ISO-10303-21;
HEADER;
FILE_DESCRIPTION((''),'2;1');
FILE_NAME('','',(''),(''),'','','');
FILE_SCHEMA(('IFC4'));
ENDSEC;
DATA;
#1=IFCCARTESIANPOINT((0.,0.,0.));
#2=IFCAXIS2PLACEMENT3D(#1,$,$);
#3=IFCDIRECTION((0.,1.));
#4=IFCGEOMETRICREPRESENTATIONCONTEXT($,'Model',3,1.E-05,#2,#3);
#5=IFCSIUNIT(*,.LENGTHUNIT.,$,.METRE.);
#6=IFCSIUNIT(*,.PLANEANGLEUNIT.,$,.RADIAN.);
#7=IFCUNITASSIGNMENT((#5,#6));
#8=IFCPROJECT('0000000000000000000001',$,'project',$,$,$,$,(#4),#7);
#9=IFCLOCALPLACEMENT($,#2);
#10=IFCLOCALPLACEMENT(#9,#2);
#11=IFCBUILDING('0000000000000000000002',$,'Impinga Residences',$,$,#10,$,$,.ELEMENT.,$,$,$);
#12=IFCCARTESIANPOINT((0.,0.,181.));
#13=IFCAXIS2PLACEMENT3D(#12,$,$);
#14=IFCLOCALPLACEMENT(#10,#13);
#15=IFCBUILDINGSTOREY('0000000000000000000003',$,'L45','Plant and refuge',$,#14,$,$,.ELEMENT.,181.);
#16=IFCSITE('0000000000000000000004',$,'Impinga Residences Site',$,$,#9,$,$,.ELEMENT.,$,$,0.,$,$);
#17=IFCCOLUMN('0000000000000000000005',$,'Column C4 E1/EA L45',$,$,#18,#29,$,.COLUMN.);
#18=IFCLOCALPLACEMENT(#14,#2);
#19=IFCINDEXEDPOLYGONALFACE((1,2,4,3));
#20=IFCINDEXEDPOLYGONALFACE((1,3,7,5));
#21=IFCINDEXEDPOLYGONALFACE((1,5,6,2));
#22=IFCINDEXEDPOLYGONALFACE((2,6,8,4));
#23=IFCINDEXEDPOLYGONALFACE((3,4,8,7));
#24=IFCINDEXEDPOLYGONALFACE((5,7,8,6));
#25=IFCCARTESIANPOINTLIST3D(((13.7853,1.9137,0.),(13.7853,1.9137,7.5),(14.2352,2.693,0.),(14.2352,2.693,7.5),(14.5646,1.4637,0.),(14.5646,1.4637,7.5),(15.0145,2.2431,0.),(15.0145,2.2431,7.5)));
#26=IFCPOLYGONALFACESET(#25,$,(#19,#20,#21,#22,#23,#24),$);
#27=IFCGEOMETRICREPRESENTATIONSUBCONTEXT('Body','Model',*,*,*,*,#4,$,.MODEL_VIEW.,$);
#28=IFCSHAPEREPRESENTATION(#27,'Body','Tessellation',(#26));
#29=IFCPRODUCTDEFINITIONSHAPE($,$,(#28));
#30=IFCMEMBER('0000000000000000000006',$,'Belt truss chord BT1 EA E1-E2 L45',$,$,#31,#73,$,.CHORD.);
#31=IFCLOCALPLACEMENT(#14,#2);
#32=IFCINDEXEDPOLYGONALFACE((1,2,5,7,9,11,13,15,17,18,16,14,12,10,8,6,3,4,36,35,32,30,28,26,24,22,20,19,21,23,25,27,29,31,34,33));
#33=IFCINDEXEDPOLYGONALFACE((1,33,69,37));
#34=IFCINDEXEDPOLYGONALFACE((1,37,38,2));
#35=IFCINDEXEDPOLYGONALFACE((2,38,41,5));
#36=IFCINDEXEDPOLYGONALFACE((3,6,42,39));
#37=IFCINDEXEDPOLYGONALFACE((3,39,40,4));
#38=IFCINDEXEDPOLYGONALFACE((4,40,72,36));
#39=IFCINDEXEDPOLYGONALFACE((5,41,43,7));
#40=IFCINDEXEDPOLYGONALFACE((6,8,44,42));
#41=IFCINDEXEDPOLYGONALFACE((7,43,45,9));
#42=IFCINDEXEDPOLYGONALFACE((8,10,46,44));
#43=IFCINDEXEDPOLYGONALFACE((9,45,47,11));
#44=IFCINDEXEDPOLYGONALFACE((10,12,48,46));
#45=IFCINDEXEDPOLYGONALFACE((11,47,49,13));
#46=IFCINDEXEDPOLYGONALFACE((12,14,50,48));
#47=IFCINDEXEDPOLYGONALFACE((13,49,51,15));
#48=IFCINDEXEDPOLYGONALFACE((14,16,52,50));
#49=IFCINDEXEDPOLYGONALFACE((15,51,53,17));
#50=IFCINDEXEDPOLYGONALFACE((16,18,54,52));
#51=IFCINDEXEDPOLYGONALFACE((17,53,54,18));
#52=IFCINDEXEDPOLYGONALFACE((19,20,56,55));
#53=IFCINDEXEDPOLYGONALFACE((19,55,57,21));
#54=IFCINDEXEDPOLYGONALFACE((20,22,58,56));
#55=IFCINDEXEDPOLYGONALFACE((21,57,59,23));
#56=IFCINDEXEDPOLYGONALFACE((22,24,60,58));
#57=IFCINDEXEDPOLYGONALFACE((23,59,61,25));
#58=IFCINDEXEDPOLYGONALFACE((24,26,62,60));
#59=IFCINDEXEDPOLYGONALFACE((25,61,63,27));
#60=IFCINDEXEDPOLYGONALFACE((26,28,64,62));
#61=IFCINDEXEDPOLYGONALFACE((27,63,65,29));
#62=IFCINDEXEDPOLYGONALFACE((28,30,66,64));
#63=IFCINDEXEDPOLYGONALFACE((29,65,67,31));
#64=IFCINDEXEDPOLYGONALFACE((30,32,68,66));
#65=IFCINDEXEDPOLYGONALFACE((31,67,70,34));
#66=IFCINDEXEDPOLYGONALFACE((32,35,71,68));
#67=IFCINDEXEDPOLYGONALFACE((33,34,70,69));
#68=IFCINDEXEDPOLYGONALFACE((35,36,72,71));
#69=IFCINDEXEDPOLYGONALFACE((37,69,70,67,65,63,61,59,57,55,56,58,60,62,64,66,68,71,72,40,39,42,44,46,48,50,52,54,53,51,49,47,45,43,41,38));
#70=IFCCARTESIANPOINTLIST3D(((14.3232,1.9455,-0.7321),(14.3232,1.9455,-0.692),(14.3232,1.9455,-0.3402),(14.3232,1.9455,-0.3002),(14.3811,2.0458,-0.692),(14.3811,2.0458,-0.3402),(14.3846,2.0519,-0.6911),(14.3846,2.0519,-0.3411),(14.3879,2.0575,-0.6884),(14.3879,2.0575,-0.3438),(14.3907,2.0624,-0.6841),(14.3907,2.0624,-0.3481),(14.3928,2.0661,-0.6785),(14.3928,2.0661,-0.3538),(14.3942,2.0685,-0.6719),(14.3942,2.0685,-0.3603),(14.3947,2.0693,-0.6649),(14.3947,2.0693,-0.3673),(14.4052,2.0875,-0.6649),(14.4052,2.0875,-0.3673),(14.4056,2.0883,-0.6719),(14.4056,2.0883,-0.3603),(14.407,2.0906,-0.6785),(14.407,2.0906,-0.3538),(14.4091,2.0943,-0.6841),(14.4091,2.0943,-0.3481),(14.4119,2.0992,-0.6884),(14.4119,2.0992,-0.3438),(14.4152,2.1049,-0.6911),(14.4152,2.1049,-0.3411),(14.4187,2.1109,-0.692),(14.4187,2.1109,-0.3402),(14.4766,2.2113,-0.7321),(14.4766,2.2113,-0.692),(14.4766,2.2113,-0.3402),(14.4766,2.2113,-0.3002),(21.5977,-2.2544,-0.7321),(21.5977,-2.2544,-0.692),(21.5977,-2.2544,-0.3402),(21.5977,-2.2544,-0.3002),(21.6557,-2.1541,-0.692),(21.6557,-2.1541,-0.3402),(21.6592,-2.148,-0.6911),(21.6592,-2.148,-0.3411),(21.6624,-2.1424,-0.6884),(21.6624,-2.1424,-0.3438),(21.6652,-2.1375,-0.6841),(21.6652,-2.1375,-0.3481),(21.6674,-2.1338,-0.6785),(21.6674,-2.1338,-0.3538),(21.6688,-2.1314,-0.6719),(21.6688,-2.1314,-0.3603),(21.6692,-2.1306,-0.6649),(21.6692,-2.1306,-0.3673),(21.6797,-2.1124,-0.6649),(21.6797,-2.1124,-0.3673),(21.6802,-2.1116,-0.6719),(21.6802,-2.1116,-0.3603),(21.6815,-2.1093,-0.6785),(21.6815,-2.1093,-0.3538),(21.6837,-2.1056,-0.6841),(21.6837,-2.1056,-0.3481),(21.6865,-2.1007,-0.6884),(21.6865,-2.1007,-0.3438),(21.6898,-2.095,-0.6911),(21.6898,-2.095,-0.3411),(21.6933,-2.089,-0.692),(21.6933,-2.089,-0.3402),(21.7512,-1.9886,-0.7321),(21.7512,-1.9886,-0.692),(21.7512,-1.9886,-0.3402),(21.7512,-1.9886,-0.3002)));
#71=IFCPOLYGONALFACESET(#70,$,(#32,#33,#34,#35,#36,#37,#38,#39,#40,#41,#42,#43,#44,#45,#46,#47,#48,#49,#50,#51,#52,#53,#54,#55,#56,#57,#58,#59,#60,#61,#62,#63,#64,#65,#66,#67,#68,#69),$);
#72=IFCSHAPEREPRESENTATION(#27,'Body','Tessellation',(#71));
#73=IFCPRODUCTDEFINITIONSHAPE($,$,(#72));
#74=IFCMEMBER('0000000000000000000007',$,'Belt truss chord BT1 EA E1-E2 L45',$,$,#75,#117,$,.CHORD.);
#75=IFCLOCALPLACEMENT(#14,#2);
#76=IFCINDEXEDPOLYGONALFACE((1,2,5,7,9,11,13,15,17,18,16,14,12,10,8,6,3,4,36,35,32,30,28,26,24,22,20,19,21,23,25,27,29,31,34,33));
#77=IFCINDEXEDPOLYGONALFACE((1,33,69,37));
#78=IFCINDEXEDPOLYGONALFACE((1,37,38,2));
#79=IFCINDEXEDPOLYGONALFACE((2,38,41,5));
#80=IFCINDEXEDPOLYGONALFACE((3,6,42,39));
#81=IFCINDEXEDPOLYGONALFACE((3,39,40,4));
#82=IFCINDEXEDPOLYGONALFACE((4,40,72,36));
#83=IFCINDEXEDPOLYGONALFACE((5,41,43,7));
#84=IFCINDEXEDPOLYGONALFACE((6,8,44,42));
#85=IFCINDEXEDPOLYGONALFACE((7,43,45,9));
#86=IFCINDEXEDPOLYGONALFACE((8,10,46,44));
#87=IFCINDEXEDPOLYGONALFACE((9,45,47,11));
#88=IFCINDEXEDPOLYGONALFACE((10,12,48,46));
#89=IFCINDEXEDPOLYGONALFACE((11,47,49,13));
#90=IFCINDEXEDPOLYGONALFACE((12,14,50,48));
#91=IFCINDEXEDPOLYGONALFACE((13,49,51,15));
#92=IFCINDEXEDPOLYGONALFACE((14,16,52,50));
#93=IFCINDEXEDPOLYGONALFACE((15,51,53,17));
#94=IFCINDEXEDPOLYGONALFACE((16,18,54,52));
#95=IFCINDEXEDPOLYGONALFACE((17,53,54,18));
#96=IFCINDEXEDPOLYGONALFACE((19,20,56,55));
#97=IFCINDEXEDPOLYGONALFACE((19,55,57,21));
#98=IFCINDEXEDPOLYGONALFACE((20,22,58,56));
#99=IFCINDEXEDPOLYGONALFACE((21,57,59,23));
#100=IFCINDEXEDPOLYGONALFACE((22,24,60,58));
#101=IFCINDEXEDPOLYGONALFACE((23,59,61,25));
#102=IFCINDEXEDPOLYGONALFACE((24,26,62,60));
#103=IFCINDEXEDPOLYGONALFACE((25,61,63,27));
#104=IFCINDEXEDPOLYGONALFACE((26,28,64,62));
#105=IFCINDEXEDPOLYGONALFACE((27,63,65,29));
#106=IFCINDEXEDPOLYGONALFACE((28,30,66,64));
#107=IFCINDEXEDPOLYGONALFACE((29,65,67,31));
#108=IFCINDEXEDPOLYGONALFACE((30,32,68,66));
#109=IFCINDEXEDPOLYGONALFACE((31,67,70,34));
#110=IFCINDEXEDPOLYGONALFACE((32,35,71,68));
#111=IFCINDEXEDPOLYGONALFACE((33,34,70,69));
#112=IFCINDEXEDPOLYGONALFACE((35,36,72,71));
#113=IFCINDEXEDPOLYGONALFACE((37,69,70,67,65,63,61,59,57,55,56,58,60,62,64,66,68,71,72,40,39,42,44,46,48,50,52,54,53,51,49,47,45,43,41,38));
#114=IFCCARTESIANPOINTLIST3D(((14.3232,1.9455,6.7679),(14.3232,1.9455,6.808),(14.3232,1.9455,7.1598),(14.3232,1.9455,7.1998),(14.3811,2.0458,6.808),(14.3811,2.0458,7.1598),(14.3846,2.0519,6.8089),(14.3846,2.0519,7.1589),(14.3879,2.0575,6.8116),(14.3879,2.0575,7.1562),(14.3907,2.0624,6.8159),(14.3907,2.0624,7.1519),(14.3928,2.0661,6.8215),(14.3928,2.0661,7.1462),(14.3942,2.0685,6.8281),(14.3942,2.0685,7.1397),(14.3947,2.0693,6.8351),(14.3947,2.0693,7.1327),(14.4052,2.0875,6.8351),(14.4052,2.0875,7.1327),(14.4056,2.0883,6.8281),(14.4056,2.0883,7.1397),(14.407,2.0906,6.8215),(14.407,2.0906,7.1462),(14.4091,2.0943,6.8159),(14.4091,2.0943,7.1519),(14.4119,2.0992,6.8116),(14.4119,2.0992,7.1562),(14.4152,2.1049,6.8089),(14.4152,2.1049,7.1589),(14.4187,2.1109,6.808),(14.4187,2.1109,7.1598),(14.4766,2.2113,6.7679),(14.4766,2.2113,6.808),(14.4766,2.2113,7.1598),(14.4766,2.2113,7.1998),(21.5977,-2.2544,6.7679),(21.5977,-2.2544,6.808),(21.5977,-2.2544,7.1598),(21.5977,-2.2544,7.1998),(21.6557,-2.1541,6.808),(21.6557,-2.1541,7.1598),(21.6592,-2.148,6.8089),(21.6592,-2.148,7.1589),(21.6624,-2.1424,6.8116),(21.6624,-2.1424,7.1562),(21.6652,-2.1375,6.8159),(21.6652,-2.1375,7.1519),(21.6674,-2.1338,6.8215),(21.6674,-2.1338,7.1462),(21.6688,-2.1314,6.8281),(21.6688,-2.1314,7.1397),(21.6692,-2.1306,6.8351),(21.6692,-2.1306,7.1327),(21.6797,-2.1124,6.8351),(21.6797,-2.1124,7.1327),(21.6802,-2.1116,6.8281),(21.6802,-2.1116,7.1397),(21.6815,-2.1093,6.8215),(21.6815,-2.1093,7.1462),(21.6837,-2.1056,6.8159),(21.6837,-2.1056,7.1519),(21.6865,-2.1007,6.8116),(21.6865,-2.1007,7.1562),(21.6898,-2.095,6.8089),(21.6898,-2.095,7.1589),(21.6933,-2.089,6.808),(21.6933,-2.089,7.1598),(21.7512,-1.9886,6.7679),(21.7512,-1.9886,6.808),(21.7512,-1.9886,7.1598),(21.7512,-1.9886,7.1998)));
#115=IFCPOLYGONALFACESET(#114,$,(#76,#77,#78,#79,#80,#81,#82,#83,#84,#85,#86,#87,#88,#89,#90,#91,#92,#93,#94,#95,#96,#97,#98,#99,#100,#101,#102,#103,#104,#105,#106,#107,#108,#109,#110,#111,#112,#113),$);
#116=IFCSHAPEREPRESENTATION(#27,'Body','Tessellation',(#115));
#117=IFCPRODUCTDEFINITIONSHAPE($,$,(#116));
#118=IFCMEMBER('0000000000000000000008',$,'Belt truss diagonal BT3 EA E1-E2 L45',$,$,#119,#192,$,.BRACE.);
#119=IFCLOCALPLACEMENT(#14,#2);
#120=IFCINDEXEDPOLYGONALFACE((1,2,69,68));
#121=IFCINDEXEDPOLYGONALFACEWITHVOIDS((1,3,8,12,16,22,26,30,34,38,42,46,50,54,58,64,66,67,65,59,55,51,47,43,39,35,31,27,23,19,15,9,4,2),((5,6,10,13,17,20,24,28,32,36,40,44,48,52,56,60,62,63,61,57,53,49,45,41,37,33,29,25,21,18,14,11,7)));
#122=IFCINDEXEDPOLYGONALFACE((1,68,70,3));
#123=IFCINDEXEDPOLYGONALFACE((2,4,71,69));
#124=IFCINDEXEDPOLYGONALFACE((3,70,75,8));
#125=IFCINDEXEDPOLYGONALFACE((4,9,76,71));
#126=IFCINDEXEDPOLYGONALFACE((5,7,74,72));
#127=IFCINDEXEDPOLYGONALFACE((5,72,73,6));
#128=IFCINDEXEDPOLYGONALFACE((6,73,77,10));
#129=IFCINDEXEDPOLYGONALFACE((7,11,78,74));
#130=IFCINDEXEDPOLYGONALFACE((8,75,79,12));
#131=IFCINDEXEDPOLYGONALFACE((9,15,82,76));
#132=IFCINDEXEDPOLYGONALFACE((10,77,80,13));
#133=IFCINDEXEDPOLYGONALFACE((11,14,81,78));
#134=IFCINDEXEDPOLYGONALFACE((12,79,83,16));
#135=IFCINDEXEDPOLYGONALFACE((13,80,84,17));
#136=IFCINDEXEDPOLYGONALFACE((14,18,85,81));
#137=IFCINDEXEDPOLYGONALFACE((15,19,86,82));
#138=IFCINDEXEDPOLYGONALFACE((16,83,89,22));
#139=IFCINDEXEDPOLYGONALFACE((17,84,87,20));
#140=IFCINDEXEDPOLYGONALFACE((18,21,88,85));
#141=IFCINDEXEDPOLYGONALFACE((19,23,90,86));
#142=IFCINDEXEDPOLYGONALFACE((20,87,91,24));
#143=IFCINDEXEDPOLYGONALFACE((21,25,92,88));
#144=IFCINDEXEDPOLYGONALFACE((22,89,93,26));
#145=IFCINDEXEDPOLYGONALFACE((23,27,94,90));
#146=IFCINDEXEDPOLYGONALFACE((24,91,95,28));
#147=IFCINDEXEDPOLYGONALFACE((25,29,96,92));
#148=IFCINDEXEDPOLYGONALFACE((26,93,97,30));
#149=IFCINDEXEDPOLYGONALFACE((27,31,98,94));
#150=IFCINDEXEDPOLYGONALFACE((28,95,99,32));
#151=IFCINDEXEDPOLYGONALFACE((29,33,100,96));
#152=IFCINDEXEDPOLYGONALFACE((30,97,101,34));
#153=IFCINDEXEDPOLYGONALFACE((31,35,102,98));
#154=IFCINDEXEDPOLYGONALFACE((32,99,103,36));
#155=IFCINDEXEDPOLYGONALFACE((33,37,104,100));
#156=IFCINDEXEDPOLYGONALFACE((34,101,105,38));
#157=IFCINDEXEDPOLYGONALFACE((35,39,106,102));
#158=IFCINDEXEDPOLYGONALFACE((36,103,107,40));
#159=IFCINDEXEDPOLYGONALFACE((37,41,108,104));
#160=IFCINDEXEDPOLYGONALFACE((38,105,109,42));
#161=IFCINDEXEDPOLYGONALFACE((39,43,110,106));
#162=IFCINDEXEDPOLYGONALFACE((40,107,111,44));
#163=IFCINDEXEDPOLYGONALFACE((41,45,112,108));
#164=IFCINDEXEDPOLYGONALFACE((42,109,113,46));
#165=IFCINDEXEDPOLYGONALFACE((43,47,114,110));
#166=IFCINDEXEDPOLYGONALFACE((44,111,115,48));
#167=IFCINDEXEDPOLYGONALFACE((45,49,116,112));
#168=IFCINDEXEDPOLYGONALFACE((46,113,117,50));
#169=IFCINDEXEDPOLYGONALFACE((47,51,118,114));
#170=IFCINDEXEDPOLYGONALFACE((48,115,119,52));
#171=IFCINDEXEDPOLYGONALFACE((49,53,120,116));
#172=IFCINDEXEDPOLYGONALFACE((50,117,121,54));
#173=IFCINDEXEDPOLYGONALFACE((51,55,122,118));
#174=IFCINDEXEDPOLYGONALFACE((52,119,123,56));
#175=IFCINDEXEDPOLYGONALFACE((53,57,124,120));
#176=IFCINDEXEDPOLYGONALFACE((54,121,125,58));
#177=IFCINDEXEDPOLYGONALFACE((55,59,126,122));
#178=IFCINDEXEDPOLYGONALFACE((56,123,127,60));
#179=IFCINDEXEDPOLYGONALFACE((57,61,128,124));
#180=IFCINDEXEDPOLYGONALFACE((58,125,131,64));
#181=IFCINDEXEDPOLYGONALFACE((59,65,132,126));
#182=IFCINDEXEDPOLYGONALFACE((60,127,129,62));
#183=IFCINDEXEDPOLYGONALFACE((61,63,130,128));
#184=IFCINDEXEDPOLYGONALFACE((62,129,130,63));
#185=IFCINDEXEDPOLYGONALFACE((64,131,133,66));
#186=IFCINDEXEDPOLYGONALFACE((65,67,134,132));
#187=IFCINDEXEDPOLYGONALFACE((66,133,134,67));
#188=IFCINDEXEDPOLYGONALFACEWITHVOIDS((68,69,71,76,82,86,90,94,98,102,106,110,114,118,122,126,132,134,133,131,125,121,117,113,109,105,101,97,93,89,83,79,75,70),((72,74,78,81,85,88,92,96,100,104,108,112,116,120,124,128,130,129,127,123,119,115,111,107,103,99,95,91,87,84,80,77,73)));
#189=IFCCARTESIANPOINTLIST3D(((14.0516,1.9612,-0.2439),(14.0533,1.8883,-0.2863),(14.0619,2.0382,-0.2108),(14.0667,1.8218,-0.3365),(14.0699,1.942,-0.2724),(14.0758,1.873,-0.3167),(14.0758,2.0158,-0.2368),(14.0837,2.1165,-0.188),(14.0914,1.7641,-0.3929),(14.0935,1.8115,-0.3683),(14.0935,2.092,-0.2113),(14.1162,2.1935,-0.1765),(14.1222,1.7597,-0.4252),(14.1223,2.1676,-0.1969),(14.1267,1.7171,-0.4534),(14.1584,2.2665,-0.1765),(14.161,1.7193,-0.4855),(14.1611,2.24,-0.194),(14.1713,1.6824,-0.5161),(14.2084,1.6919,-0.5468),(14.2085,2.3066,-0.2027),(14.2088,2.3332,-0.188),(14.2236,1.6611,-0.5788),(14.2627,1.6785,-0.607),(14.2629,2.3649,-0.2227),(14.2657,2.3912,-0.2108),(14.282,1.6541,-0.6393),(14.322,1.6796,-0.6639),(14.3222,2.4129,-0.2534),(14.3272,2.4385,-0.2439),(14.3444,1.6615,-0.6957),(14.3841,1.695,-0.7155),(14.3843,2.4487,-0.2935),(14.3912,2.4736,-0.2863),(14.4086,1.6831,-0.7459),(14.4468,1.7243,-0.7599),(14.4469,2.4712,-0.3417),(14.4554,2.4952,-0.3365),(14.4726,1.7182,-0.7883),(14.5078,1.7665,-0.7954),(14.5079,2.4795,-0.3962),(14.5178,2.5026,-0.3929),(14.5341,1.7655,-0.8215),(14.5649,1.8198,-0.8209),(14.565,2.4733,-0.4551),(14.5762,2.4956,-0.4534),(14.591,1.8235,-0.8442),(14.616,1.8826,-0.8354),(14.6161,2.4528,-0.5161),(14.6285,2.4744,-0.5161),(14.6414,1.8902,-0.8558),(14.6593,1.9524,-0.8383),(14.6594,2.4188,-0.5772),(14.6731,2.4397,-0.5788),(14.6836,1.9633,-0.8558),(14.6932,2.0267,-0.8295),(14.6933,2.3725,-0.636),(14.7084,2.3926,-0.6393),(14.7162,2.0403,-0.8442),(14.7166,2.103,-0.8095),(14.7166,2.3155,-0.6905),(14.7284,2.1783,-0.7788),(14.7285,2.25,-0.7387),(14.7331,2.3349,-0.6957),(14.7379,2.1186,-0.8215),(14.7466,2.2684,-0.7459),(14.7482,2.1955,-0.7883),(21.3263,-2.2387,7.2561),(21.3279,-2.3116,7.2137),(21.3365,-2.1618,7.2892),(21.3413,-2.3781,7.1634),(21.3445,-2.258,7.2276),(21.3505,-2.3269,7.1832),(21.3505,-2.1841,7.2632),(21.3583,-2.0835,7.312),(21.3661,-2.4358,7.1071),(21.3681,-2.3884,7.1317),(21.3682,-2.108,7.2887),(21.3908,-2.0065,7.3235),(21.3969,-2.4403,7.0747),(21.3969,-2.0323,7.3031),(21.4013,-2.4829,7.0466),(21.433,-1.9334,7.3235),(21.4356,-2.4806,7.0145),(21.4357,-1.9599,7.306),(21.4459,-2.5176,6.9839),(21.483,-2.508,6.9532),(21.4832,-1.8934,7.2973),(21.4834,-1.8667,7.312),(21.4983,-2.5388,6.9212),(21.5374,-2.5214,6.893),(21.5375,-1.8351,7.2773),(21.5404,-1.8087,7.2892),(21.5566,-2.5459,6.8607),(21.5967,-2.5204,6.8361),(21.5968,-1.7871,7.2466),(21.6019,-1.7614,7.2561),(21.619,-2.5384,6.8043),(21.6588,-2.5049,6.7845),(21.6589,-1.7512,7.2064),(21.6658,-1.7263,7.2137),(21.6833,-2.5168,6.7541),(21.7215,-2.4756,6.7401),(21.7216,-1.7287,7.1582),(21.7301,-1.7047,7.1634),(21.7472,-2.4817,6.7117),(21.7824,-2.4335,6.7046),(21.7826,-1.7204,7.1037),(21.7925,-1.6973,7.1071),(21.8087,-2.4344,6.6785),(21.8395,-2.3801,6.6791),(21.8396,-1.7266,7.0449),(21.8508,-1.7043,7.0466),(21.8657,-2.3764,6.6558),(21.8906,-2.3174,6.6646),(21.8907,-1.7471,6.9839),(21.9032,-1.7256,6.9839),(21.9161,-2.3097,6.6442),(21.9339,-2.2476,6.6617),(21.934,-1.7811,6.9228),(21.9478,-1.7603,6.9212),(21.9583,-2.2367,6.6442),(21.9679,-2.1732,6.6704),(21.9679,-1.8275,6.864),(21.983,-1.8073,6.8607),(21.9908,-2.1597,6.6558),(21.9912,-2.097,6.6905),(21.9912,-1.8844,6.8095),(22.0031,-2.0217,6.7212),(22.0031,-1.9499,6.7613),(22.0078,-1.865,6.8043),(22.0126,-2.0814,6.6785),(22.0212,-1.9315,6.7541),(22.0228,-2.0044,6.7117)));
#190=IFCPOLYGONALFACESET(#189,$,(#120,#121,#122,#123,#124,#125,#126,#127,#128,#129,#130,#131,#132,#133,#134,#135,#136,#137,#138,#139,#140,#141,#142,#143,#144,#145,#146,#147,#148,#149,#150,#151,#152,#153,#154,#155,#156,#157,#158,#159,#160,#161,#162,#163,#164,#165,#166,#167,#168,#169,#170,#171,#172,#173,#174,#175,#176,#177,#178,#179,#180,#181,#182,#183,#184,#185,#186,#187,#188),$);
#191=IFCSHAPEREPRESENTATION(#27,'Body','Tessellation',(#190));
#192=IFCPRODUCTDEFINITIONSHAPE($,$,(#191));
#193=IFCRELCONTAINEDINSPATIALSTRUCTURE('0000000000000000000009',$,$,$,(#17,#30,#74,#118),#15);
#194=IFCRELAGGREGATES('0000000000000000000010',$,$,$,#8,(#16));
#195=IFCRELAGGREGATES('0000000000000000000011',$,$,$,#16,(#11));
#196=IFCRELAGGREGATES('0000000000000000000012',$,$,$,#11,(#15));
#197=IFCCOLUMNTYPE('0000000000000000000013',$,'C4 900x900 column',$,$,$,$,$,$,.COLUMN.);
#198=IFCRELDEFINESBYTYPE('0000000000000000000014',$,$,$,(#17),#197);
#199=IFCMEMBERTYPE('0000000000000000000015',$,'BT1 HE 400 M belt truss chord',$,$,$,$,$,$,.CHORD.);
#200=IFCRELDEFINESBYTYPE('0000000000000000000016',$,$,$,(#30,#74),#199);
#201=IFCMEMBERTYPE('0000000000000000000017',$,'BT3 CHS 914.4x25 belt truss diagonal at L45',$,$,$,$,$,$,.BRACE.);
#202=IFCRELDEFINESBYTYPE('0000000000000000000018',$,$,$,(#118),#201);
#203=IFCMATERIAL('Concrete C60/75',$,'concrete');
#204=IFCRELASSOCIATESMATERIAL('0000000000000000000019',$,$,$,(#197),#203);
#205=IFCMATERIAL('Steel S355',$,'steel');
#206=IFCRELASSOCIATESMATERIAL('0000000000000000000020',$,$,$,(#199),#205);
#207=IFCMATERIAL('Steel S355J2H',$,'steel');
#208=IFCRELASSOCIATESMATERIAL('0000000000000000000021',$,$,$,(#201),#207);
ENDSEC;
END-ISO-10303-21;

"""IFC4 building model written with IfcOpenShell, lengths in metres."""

from ifc_helpers import new_model, si_unit, direction, frame, origin, origin_2d, place, context, subcontext, project, spatial, rectangle, hollow_circle, i_section, extrude, material, material_profile, profile_set, type_object, element, save


model = new_model("IFC4")

# Units and contexts
model_context = context("Model", 3, precision=1e-05, world=origin(), true_north=direction((0.0, 1.0)))
body_context = subcontext(model_context, "Body", "Model", "MODEL_VIEW")
ifc_project = project(units=[si_unit("LENGTHUNIT", "METRE"), si_unit("PLANEANGLEUNIT", "RADIAN")], contexts=[model_context])

# Site, building, storey
site_placement = place(None, origin())
site = spatial("IfcSite", under=ifc_project, at=site_placement, Name="Impinga Residences Site", CompositionType="ELEMENT", RefElevation=0.0)
building_placement = place(site_placement, origin())
building = spatial("IfcBuilding", under=site, at=building_placement, Name="Impinga Residences", CompositionType="ELEMENT")
storey_placement = place(building_placement, frame((0.0, 0.0, 181.0)))
storey = spatial("IfcBuildingStorey", under=building, at=storey_placement, Name="L45", Description="Plant and refuge", CompositionType="ELEMENT", Elevation=181.0)

# Column
ifc_material_1 = material(Name="Concrete C60/75", Category="concrete")
ifc_material_profile_1 = material_profile(ifc_material_1, rectangle(XDim=0.8999, YDim=0.8999, at=origin_2d()), Name="RC 900x900")
ifc_profile_set_1 = profile_set([ifc_material_profile_1], Name="Concrete C60/75")
column_type = type_object("IfcColumnType", Name="C4 900x900 column", PredefinedType="COLUMN", material=ifc_profile_set_1)
column_placement = place(storey_placement, frame((14.3999, 2.0784, 0.0), z_axis=(0.0, 0.0, 1.0), x_axis=(-0.5, -0.866025, 0.0)))
element("IfcColumn", 1, at=column_placement, inside=storey, type_object=column_type, Name="Column C4 E1/EA L45", PredefinedType="COLUMN", context=body_context, shape_type="SweptSolid", body=[
    extrude(rectangle(XDim=0.8999, YDim=0.8999, at=origin_2d()), origin(), (0.0, 0.0, 1.0), 7.5),
])

# Members
ifc_material_2 = material(Name="Steel S355", Category="steel")
ifc_material_profile_2 = material_profile(ifc_material_2, i_section(OverallWidth=0.3069, OverallDepth=0.4319, WebThickness=0.021, FlangeThickness=0.04, FilletRadius=0.0271, at=origin_2d()), Name="HE 400 M")
ifc_profile_set_2 = profile_set([ifc_material_profile_2], Name="Steel S355")
member_type_1 = type_object("IfcMemberType", Name="BT1 HE 400 M belt truss chord", PredefinedType="CHORD", material=ifc_profile_set_2)
for number, where, z_axis, x_axis, name in (
    (2, (14.3999, 2.0784, -0.5161), (0.866029, -0.499993, 0.0), (0.499993, 0.866029, 0.0), "Belt truss chord BT1 EA E1-E2 L45"),
    (3, (14.3999, 2.0784, 6.9839), (0.866029, -0.499993, 0.0), (0.499993, 0.866029, 0.0), "Belt truss chord BT1 EA E1-E2 L45"),
):
    element("IfcMember", number, at=place(storey_placement, frame(where, z_axis=z_axis, x_axis=x_axis)), inside=storey, type_object=member_type_1, Name=name, PredefinedType="CHORD", context=body_context, shape_type="SweptSolid", body=[
        extrude(i_section(OverallWidth=0.3069, OverallDepth=0.4319, WebThickness=0.021, FlangeThickness=0.04, FilletRadius=0.0271, at=origin_2d()), origin(), (0.0, 0.0, 1.0), 8.3999),
    ])
ifc_material_3 = material(Name="Steel S355J2H", Category="steel")
ifc_material_profile_3 = material_profile(ifc_material_3, hollow_circle(Radius=0.4573, WallThickness=0.0249, at=origin_2d()), Name="CHS 914.4x25")
ifc_profile_set_3 = profile_set([ifc_material_profile_3], Name="Steel S355J2H")
member_type_2 = type_object("IfcMemberType", Name="BT3 CHS 914.4x25 belt truss diagonal at L45", PredefinedType="BRACE", material=ifc_profile_set_3)
member_1_placement = place(storey_placement, frame((14.3999, 2.0784, -0.5161), z_axis=(0.646004, -0.372964, 0.666015), x_axis=(0.499993, 0.866029, 0.0)))
element("IfcMember", 4, at=member_1_placement, inside=storey, type_object=member_type_2, Name="Belt truss diagonal BT3 EA E1-E2 L45", PredefinedType="BRACE", context=body_context, shape_type="SweptSolid", body=[
    extrude(hollow_circle(Radius=0.4573, WallThickness=0.0249, at=origin_2d()), origin(), (0.0, 0.0, 1.0), 11.261),
])

save(model, "model.ifc")
